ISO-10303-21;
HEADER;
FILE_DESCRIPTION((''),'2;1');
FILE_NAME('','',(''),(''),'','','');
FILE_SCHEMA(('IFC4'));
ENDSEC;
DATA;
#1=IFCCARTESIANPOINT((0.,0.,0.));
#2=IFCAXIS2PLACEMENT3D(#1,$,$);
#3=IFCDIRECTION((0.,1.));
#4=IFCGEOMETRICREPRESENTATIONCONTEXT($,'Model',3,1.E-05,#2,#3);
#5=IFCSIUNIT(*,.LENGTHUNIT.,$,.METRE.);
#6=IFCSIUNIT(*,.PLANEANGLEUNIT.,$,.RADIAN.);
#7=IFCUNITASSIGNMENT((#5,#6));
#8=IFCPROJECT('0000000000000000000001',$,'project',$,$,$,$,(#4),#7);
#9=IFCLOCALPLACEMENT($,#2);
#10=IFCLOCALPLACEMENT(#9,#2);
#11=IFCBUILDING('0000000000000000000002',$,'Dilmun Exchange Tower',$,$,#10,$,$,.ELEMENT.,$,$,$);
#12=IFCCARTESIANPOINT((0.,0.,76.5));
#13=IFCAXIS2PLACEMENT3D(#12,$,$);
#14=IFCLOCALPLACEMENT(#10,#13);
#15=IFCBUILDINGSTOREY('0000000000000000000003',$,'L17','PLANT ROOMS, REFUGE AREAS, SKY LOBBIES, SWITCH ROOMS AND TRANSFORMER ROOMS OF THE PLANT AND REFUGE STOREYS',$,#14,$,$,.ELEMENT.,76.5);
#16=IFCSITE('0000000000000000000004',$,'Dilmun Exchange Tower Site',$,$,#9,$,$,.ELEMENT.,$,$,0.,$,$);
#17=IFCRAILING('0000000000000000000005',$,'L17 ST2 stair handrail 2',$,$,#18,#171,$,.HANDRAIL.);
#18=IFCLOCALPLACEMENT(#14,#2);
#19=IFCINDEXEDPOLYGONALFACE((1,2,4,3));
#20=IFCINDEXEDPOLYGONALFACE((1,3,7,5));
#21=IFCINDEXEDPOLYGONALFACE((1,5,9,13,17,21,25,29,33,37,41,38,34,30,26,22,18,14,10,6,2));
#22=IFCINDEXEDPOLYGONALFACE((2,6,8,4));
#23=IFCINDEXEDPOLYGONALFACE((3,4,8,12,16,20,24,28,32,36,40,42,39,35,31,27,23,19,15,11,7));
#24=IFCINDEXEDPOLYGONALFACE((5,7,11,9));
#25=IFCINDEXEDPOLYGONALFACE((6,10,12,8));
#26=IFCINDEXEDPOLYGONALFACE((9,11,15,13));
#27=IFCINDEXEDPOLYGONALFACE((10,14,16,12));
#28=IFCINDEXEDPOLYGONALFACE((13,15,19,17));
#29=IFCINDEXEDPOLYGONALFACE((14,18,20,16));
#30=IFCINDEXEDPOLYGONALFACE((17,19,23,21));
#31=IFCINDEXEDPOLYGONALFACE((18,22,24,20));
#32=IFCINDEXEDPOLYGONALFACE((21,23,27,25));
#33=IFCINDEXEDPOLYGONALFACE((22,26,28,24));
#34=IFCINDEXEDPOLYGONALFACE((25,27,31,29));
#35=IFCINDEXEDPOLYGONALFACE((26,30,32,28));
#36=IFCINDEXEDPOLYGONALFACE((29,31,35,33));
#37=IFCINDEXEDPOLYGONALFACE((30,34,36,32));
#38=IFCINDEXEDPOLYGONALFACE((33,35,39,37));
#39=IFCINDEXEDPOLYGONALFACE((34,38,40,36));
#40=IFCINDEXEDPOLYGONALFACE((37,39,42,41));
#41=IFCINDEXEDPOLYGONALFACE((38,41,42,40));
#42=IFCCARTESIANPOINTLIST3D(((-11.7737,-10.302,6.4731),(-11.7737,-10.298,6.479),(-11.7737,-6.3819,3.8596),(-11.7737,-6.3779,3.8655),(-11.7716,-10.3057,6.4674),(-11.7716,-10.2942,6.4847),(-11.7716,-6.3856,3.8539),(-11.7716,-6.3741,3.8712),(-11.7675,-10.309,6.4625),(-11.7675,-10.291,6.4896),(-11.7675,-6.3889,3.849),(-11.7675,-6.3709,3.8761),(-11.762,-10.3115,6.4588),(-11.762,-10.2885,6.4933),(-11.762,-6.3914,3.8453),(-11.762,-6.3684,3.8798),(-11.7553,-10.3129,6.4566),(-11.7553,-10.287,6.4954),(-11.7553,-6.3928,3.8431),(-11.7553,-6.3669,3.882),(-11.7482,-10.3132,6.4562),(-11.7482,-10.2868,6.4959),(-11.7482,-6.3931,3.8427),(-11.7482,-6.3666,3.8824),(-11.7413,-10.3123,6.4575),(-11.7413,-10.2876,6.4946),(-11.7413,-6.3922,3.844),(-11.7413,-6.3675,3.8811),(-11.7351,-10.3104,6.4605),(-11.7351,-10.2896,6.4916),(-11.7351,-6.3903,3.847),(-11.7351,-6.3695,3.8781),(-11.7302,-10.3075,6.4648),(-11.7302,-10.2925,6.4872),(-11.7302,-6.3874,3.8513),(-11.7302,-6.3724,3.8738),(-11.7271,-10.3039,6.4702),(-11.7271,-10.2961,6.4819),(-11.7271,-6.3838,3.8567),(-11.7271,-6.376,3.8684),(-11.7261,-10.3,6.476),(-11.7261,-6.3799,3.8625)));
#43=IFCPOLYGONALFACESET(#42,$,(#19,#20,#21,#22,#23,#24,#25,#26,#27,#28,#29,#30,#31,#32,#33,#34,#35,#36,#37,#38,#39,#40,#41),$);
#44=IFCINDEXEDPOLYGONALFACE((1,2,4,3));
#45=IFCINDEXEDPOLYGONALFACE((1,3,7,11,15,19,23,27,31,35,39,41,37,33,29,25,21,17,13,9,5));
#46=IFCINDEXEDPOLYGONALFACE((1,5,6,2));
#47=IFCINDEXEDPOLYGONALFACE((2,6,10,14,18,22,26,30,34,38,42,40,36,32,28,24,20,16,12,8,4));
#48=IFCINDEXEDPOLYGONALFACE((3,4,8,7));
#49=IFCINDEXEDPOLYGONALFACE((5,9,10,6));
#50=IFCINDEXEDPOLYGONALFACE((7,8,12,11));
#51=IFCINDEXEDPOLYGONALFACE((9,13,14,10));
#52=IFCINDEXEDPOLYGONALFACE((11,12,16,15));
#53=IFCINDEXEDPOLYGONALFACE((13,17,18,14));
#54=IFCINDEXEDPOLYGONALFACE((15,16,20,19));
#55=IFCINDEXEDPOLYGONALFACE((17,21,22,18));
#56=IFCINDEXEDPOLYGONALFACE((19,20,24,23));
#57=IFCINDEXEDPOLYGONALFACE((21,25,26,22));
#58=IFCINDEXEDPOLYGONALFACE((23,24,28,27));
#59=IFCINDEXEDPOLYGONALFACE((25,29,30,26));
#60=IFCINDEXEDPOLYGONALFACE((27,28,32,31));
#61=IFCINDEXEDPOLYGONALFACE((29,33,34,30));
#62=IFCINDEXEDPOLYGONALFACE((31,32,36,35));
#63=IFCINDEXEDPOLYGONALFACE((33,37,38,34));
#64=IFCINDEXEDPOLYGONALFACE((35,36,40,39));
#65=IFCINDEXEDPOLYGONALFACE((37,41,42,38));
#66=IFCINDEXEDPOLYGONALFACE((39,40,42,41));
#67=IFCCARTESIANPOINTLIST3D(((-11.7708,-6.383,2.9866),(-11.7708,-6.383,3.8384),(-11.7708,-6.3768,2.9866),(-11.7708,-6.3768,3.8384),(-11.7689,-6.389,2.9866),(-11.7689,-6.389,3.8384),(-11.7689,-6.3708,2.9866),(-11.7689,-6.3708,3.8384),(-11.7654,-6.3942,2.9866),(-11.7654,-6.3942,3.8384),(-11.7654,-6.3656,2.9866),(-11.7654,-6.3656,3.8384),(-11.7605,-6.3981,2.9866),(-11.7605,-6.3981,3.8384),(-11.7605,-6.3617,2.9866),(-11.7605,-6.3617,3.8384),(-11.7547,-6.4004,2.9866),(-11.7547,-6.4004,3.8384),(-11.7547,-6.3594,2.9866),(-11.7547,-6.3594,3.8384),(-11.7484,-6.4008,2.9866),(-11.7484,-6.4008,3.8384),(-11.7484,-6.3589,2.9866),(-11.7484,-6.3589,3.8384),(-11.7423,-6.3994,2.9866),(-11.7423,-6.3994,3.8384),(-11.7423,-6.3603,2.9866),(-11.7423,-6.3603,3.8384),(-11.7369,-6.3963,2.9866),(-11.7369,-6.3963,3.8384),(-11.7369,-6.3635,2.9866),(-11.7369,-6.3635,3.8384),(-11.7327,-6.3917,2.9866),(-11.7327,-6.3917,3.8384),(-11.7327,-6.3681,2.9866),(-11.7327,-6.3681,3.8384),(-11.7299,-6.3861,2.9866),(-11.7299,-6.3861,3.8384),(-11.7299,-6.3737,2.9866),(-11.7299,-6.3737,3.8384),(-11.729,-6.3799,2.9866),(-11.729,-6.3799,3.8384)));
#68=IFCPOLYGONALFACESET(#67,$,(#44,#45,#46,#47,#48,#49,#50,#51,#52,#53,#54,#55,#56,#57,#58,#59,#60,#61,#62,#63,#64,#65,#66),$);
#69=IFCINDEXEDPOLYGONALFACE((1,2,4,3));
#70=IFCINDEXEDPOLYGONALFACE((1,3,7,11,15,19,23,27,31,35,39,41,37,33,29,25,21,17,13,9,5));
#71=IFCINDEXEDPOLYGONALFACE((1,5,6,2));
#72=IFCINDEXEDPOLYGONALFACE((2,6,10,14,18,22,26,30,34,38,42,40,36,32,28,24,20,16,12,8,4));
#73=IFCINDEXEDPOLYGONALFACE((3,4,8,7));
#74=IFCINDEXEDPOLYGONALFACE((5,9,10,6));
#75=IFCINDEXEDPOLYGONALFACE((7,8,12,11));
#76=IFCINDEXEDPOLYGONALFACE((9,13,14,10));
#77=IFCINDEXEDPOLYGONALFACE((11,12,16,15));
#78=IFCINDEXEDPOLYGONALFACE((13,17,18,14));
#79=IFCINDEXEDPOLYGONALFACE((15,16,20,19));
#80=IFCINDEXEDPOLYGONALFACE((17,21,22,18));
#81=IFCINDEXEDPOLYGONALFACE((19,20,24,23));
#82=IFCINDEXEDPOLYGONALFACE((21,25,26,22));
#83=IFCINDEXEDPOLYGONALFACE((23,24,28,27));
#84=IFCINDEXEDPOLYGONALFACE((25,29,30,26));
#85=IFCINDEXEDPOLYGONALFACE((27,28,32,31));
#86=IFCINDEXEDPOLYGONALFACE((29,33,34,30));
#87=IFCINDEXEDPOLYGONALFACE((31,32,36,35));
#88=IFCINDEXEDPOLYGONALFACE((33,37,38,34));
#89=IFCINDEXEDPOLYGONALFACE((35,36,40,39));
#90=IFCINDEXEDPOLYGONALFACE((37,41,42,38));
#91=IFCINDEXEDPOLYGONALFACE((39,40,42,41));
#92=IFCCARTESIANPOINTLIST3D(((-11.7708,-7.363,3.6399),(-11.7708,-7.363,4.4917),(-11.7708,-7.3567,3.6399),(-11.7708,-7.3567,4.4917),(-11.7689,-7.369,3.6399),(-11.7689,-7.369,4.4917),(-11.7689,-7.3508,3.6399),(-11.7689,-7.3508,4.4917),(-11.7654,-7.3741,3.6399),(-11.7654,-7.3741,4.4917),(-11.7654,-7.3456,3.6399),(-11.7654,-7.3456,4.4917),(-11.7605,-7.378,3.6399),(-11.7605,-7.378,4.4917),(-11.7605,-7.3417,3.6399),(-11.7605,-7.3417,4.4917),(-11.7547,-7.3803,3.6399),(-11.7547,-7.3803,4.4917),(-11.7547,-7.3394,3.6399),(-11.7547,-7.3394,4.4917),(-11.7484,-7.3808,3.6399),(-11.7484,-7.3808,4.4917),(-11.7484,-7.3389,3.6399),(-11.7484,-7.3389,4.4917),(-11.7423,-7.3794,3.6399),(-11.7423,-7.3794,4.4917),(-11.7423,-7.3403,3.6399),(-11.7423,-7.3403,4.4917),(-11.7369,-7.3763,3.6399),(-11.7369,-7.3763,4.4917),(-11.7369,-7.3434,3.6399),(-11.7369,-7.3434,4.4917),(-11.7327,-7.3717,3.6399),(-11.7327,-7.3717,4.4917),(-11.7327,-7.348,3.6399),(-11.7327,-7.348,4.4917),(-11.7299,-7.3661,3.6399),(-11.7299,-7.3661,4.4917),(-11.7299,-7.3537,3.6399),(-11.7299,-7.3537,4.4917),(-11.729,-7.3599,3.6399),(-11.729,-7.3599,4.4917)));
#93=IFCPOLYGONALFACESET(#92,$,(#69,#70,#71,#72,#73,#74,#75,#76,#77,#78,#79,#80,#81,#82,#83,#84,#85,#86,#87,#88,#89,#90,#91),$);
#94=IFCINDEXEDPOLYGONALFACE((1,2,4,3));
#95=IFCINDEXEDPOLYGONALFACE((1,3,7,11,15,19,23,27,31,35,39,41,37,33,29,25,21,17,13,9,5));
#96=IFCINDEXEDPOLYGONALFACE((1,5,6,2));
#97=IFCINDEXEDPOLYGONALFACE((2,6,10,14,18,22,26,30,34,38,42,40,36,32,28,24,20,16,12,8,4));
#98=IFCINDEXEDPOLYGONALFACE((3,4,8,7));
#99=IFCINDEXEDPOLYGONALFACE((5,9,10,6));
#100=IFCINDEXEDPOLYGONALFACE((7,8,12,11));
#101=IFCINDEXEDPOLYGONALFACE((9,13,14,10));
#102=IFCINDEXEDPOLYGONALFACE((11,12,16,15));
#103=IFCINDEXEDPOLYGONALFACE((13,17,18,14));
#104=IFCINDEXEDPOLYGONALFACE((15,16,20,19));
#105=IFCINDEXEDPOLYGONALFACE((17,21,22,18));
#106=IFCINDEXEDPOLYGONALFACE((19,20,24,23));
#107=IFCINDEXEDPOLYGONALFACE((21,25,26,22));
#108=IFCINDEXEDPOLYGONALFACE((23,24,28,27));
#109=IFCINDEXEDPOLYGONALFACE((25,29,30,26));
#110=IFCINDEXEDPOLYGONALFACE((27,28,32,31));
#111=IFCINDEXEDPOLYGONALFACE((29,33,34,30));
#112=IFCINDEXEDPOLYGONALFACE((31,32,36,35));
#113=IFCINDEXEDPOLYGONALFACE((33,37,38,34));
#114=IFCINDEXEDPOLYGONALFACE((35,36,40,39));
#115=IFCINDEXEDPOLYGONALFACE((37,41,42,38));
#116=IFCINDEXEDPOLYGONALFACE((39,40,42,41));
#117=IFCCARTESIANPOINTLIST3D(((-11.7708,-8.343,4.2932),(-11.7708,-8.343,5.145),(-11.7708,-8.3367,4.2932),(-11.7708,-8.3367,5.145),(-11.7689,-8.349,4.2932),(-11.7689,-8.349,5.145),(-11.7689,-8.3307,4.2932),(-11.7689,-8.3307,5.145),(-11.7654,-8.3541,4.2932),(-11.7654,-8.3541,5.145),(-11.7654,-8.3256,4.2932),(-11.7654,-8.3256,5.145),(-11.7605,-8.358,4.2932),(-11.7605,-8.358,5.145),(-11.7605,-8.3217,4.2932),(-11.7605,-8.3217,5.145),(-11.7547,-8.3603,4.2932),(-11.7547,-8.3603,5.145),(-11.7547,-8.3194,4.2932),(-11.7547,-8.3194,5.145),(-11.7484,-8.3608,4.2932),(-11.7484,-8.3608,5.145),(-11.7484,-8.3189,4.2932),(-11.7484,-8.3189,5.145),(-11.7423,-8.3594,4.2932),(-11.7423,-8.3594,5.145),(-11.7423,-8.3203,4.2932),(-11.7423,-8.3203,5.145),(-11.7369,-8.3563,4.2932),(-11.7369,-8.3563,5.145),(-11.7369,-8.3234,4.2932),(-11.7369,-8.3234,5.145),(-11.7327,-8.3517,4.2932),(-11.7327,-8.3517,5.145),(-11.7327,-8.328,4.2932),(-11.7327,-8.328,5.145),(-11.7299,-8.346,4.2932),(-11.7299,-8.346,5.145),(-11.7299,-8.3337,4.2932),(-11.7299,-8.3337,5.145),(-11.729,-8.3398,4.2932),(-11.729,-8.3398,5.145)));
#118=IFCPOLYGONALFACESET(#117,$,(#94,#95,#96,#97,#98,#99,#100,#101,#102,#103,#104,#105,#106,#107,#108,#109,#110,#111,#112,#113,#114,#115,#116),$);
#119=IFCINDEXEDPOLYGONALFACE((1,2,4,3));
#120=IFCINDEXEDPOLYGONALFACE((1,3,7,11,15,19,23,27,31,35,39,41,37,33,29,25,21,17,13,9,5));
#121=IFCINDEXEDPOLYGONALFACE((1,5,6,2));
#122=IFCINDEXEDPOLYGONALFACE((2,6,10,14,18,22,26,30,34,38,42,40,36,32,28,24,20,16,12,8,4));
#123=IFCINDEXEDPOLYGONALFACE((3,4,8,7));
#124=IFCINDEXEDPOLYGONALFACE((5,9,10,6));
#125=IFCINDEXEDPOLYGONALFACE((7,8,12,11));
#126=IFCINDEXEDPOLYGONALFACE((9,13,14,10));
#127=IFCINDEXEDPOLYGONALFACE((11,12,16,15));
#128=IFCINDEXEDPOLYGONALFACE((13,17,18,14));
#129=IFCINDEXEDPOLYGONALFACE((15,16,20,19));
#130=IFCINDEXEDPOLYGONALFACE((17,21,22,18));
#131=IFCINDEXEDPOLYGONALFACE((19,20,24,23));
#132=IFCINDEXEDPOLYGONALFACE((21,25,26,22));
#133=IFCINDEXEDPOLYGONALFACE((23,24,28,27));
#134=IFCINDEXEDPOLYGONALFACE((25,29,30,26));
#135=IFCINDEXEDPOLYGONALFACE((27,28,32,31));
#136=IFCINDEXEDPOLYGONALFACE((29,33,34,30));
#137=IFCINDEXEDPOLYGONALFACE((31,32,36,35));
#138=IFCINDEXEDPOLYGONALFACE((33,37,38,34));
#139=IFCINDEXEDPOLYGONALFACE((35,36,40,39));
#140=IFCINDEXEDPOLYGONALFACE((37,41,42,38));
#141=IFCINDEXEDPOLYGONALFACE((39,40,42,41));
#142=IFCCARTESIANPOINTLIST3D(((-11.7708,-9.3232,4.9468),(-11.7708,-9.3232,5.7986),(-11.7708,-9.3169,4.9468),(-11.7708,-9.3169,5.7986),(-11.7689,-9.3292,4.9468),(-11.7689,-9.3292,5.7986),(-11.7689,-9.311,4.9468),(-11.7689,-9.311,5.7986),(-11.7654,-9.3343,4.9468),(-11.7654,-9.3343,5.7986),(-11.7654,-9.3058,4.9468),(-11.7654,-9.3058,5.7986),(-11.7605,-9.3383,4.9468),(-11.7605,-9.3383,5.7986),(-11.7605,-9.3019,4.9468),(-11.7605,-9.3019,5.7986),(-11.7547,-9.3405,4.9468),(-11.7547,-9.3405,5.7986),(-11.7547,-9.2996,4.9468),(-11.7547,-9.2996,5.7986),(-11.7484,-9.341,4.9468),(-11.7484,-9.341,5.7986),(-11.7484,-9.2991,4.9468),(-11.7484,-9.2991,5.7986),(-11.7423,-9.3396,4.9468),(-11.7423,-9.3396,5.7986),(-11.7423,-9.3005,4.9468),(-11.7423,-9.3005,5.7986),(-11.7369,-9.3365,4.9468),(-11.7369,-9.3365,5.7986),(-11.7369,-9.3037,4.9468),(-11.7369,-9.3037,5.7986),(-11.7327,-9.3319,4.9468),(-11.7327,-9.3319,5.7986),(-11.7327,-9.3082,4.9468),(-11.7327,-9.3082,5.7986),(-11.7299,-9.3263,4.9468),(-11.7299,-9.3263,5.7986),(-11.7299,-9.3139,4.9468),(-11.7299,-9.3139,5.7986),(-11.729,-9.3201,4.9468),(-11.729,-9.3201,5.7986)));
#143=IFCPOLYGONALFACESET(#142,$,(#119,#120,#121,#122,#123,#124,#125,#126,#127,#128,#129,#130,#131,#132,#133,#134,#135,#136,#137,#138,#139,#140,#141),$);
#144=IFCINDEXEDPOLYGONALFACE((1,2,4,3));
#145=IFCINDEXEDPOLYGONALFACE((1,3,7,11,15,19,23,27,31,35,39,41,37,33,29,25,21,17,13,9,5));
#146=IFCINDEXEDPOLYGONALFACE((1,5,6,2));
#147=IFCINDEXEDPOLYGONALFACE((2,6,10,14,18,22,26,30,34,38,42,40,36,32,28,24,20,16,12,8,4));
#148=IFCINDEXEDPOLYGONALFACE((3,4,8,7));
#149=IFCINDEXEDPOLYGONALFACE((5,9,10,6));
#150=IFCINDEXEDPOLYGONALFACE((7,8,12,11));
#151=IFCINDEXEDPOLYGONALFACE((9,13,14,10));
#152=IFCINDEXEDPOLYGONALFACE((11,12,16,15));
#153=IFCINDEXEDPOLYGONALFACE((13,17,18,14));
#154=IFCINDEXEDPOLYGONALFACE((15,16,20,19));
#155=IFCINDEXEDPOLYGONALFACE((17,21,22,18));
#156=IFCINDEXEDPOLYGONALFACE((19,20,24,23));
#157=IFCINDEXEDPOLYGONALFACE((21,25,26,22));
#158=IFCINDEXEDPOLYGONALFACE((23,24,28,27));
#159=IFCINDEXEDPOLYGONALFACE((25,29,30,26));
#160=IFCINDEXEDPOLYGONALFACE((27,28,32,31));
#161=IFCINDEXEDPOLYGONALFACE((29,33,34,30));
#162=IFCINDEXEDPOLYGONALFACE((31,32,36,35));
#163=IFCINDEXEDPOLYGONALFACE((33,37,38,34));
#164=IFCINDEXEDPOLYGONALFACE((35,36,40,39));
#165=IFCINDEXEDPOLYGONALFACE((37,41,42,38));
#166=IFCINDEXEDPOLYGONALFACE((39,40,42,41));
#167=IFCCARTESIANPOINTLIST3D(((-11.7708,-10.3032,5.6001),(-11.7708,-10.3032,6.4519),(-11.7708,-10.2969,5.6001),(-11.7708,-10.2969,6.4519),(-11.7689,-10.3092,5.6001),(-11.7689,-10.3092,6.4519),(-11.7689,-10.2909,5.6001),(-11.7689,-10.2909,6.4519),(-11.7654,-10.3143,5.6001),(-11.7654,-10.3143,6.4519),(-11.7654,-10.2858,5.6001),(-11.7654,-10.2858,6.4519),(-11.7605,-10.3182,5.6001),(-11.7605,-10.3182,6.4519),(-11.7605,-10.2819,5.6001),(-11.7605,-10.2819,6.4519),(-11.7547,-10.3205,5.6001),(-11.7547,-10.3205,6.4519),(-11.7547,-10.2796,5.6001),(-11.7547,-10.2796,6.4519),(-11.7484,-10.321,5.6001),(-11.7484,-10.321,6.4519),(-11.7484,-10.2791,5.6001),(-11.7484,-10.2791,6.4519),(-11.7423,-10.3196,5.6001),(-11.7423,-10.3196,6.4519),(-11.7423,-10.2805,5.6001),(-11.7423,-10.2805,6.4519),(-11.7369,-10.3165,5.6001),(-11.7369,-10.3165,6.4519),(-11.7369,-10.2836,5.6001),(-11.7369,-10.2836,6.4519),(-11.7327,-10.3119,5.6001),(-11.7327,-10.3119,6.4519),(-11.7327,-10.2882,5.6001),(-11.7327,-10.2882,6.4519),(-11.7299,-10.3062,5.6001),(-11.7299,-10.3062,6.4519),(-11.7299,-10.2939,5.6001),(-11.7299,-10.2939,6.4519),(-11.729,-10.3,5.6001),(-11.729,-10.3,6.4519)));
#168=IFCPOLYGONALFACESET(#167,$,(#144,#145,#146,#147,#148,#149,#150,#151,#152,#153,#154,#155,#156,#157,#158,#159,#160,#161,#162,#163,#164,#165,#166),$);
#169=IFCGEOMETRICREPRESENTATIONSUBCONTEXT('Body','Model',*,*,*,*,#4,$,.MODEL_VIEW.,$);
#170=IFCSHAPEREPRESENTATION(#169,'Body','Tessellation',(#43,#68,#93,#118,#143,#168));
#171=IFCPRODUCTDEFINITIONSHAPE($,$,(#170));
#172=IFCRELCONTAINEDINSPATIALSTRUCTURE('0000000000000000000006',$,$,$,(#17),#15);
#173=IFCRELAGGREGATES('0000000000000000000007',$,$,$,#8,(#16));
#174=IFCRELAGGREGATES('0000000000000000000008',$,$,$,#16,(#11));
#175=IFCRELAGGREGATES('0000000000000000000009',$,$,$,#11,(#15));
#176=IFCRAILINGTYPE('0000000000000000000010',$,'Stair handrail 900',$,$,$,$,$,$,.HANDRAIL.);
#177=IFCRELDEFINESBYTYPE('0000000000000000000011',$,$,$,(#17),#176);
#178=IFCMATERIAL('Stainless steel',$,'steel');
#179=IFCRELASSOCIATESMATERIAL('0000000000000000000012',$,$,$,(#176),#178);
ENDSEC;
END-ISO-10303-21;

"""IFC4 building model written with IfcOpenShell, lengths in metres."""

from ifc_helpers import new_model, si_unit, direction, frame, origin, origin_2d, place, context, subcontext, project, spatial, circle, extrude, material, type_object, element, save


model = new_model("IFC4")

# Units and contexts
model_context = context("Model", 3, precision=1e-05, world=origin(), true_north=direction((0.0, 1.0)))
body_context = subcontext(model_context, "Body", "Model", "MODEL_VIEW")
ifc_project = project(units=[si_unit("LENGTHUNIT", "METRE"), si_unit("PLANEANGLEUNIT", "RADIAN")], contexts=[model_context])

# Site, building, storey
site_placement = place(None, origin())
site = spatial("IfcSite", under=ifc_project, at=site_placement, Name="Dilmun Exchange Tower Site", CompositionType="ELEMENT", RefElevation=0.0)
building_placement = place(site_placement, origin())
building = spatial("IfcBuilding", under=site, at=building_placement, Name="Dilmun Exchange Tower", CompositionType="ELEMENT")
storey_placement = place(building_placement, frame((0.0, 0.0, 76.5)))
storey = spatial("IfcBuildingStorey", under=building, at=storey_placement, Name="L17", Description="PLANT ROOMS, REFUGE AREAS, SKY LOBBIES, SWITCH ROOMS AND TRANSFORMER ROOMS OF THE PLANT AND REFUGE STOREYS", CompositionType="ELEMENT", Elevation=76.5)

# Railing
ifc_material_1 = material(Name="Stainless steel", Category="steel")
railing_type = type_object("IfcRailingType", Name="Stair handrail 900", PredefinedType="HANDRAIL", material=ifc_material_1)
railing_1_placement = place(storey_placement, frame((-11.75, -6.3799, 2.9866)))
element("IfcRailing", 1, at=railing_1_placement, inside=storey, type_object=railing_type, Name="L17 ST2 stair handrail 2", PredefinedType="HANDRAIL", context=body_context, shape_type="SweptSolid", body=[
    extrude(circle(Radius=0.0239, at=origin_2d()), frame((0.0, 0.0, 0.876), z_axis=(0.0, -0.832042, 0.554712), x_axis=(1.0, 0.0, 0.0)), (0.0, 0.0, 1.0), 4.7114),
    extrude(circle(Radius=0.021, at=origin_2d()), origin(), (0.0, 0.0, 1.0), 0.8518),
    extrude(circle(Radius=0.021, at=origin_2d()), frame((0.0, -0.98, 0.6533)), (0.0, 0.0, 1.0), 0.8518),
    extrude(circle(Radius=0.021, at=origin_2d()), frame((0.0, -1.96, 1.3066)), (0.0, 0.0, 1.0), 0.8518),
    extrude(circle(Radius=0.021, at=origin_2d()), frame((0.0, -2.9402, 1.9602)), (0.0, 0.0, 1.0), 0.8518),
    extrude(circle(Radius=0.021, at=origin_2d()), frame((0.0, -3.9202, 2.6135)), (0.0, 0.0, 1.0), 0.8518),
])

save(model, "model.ifc")
